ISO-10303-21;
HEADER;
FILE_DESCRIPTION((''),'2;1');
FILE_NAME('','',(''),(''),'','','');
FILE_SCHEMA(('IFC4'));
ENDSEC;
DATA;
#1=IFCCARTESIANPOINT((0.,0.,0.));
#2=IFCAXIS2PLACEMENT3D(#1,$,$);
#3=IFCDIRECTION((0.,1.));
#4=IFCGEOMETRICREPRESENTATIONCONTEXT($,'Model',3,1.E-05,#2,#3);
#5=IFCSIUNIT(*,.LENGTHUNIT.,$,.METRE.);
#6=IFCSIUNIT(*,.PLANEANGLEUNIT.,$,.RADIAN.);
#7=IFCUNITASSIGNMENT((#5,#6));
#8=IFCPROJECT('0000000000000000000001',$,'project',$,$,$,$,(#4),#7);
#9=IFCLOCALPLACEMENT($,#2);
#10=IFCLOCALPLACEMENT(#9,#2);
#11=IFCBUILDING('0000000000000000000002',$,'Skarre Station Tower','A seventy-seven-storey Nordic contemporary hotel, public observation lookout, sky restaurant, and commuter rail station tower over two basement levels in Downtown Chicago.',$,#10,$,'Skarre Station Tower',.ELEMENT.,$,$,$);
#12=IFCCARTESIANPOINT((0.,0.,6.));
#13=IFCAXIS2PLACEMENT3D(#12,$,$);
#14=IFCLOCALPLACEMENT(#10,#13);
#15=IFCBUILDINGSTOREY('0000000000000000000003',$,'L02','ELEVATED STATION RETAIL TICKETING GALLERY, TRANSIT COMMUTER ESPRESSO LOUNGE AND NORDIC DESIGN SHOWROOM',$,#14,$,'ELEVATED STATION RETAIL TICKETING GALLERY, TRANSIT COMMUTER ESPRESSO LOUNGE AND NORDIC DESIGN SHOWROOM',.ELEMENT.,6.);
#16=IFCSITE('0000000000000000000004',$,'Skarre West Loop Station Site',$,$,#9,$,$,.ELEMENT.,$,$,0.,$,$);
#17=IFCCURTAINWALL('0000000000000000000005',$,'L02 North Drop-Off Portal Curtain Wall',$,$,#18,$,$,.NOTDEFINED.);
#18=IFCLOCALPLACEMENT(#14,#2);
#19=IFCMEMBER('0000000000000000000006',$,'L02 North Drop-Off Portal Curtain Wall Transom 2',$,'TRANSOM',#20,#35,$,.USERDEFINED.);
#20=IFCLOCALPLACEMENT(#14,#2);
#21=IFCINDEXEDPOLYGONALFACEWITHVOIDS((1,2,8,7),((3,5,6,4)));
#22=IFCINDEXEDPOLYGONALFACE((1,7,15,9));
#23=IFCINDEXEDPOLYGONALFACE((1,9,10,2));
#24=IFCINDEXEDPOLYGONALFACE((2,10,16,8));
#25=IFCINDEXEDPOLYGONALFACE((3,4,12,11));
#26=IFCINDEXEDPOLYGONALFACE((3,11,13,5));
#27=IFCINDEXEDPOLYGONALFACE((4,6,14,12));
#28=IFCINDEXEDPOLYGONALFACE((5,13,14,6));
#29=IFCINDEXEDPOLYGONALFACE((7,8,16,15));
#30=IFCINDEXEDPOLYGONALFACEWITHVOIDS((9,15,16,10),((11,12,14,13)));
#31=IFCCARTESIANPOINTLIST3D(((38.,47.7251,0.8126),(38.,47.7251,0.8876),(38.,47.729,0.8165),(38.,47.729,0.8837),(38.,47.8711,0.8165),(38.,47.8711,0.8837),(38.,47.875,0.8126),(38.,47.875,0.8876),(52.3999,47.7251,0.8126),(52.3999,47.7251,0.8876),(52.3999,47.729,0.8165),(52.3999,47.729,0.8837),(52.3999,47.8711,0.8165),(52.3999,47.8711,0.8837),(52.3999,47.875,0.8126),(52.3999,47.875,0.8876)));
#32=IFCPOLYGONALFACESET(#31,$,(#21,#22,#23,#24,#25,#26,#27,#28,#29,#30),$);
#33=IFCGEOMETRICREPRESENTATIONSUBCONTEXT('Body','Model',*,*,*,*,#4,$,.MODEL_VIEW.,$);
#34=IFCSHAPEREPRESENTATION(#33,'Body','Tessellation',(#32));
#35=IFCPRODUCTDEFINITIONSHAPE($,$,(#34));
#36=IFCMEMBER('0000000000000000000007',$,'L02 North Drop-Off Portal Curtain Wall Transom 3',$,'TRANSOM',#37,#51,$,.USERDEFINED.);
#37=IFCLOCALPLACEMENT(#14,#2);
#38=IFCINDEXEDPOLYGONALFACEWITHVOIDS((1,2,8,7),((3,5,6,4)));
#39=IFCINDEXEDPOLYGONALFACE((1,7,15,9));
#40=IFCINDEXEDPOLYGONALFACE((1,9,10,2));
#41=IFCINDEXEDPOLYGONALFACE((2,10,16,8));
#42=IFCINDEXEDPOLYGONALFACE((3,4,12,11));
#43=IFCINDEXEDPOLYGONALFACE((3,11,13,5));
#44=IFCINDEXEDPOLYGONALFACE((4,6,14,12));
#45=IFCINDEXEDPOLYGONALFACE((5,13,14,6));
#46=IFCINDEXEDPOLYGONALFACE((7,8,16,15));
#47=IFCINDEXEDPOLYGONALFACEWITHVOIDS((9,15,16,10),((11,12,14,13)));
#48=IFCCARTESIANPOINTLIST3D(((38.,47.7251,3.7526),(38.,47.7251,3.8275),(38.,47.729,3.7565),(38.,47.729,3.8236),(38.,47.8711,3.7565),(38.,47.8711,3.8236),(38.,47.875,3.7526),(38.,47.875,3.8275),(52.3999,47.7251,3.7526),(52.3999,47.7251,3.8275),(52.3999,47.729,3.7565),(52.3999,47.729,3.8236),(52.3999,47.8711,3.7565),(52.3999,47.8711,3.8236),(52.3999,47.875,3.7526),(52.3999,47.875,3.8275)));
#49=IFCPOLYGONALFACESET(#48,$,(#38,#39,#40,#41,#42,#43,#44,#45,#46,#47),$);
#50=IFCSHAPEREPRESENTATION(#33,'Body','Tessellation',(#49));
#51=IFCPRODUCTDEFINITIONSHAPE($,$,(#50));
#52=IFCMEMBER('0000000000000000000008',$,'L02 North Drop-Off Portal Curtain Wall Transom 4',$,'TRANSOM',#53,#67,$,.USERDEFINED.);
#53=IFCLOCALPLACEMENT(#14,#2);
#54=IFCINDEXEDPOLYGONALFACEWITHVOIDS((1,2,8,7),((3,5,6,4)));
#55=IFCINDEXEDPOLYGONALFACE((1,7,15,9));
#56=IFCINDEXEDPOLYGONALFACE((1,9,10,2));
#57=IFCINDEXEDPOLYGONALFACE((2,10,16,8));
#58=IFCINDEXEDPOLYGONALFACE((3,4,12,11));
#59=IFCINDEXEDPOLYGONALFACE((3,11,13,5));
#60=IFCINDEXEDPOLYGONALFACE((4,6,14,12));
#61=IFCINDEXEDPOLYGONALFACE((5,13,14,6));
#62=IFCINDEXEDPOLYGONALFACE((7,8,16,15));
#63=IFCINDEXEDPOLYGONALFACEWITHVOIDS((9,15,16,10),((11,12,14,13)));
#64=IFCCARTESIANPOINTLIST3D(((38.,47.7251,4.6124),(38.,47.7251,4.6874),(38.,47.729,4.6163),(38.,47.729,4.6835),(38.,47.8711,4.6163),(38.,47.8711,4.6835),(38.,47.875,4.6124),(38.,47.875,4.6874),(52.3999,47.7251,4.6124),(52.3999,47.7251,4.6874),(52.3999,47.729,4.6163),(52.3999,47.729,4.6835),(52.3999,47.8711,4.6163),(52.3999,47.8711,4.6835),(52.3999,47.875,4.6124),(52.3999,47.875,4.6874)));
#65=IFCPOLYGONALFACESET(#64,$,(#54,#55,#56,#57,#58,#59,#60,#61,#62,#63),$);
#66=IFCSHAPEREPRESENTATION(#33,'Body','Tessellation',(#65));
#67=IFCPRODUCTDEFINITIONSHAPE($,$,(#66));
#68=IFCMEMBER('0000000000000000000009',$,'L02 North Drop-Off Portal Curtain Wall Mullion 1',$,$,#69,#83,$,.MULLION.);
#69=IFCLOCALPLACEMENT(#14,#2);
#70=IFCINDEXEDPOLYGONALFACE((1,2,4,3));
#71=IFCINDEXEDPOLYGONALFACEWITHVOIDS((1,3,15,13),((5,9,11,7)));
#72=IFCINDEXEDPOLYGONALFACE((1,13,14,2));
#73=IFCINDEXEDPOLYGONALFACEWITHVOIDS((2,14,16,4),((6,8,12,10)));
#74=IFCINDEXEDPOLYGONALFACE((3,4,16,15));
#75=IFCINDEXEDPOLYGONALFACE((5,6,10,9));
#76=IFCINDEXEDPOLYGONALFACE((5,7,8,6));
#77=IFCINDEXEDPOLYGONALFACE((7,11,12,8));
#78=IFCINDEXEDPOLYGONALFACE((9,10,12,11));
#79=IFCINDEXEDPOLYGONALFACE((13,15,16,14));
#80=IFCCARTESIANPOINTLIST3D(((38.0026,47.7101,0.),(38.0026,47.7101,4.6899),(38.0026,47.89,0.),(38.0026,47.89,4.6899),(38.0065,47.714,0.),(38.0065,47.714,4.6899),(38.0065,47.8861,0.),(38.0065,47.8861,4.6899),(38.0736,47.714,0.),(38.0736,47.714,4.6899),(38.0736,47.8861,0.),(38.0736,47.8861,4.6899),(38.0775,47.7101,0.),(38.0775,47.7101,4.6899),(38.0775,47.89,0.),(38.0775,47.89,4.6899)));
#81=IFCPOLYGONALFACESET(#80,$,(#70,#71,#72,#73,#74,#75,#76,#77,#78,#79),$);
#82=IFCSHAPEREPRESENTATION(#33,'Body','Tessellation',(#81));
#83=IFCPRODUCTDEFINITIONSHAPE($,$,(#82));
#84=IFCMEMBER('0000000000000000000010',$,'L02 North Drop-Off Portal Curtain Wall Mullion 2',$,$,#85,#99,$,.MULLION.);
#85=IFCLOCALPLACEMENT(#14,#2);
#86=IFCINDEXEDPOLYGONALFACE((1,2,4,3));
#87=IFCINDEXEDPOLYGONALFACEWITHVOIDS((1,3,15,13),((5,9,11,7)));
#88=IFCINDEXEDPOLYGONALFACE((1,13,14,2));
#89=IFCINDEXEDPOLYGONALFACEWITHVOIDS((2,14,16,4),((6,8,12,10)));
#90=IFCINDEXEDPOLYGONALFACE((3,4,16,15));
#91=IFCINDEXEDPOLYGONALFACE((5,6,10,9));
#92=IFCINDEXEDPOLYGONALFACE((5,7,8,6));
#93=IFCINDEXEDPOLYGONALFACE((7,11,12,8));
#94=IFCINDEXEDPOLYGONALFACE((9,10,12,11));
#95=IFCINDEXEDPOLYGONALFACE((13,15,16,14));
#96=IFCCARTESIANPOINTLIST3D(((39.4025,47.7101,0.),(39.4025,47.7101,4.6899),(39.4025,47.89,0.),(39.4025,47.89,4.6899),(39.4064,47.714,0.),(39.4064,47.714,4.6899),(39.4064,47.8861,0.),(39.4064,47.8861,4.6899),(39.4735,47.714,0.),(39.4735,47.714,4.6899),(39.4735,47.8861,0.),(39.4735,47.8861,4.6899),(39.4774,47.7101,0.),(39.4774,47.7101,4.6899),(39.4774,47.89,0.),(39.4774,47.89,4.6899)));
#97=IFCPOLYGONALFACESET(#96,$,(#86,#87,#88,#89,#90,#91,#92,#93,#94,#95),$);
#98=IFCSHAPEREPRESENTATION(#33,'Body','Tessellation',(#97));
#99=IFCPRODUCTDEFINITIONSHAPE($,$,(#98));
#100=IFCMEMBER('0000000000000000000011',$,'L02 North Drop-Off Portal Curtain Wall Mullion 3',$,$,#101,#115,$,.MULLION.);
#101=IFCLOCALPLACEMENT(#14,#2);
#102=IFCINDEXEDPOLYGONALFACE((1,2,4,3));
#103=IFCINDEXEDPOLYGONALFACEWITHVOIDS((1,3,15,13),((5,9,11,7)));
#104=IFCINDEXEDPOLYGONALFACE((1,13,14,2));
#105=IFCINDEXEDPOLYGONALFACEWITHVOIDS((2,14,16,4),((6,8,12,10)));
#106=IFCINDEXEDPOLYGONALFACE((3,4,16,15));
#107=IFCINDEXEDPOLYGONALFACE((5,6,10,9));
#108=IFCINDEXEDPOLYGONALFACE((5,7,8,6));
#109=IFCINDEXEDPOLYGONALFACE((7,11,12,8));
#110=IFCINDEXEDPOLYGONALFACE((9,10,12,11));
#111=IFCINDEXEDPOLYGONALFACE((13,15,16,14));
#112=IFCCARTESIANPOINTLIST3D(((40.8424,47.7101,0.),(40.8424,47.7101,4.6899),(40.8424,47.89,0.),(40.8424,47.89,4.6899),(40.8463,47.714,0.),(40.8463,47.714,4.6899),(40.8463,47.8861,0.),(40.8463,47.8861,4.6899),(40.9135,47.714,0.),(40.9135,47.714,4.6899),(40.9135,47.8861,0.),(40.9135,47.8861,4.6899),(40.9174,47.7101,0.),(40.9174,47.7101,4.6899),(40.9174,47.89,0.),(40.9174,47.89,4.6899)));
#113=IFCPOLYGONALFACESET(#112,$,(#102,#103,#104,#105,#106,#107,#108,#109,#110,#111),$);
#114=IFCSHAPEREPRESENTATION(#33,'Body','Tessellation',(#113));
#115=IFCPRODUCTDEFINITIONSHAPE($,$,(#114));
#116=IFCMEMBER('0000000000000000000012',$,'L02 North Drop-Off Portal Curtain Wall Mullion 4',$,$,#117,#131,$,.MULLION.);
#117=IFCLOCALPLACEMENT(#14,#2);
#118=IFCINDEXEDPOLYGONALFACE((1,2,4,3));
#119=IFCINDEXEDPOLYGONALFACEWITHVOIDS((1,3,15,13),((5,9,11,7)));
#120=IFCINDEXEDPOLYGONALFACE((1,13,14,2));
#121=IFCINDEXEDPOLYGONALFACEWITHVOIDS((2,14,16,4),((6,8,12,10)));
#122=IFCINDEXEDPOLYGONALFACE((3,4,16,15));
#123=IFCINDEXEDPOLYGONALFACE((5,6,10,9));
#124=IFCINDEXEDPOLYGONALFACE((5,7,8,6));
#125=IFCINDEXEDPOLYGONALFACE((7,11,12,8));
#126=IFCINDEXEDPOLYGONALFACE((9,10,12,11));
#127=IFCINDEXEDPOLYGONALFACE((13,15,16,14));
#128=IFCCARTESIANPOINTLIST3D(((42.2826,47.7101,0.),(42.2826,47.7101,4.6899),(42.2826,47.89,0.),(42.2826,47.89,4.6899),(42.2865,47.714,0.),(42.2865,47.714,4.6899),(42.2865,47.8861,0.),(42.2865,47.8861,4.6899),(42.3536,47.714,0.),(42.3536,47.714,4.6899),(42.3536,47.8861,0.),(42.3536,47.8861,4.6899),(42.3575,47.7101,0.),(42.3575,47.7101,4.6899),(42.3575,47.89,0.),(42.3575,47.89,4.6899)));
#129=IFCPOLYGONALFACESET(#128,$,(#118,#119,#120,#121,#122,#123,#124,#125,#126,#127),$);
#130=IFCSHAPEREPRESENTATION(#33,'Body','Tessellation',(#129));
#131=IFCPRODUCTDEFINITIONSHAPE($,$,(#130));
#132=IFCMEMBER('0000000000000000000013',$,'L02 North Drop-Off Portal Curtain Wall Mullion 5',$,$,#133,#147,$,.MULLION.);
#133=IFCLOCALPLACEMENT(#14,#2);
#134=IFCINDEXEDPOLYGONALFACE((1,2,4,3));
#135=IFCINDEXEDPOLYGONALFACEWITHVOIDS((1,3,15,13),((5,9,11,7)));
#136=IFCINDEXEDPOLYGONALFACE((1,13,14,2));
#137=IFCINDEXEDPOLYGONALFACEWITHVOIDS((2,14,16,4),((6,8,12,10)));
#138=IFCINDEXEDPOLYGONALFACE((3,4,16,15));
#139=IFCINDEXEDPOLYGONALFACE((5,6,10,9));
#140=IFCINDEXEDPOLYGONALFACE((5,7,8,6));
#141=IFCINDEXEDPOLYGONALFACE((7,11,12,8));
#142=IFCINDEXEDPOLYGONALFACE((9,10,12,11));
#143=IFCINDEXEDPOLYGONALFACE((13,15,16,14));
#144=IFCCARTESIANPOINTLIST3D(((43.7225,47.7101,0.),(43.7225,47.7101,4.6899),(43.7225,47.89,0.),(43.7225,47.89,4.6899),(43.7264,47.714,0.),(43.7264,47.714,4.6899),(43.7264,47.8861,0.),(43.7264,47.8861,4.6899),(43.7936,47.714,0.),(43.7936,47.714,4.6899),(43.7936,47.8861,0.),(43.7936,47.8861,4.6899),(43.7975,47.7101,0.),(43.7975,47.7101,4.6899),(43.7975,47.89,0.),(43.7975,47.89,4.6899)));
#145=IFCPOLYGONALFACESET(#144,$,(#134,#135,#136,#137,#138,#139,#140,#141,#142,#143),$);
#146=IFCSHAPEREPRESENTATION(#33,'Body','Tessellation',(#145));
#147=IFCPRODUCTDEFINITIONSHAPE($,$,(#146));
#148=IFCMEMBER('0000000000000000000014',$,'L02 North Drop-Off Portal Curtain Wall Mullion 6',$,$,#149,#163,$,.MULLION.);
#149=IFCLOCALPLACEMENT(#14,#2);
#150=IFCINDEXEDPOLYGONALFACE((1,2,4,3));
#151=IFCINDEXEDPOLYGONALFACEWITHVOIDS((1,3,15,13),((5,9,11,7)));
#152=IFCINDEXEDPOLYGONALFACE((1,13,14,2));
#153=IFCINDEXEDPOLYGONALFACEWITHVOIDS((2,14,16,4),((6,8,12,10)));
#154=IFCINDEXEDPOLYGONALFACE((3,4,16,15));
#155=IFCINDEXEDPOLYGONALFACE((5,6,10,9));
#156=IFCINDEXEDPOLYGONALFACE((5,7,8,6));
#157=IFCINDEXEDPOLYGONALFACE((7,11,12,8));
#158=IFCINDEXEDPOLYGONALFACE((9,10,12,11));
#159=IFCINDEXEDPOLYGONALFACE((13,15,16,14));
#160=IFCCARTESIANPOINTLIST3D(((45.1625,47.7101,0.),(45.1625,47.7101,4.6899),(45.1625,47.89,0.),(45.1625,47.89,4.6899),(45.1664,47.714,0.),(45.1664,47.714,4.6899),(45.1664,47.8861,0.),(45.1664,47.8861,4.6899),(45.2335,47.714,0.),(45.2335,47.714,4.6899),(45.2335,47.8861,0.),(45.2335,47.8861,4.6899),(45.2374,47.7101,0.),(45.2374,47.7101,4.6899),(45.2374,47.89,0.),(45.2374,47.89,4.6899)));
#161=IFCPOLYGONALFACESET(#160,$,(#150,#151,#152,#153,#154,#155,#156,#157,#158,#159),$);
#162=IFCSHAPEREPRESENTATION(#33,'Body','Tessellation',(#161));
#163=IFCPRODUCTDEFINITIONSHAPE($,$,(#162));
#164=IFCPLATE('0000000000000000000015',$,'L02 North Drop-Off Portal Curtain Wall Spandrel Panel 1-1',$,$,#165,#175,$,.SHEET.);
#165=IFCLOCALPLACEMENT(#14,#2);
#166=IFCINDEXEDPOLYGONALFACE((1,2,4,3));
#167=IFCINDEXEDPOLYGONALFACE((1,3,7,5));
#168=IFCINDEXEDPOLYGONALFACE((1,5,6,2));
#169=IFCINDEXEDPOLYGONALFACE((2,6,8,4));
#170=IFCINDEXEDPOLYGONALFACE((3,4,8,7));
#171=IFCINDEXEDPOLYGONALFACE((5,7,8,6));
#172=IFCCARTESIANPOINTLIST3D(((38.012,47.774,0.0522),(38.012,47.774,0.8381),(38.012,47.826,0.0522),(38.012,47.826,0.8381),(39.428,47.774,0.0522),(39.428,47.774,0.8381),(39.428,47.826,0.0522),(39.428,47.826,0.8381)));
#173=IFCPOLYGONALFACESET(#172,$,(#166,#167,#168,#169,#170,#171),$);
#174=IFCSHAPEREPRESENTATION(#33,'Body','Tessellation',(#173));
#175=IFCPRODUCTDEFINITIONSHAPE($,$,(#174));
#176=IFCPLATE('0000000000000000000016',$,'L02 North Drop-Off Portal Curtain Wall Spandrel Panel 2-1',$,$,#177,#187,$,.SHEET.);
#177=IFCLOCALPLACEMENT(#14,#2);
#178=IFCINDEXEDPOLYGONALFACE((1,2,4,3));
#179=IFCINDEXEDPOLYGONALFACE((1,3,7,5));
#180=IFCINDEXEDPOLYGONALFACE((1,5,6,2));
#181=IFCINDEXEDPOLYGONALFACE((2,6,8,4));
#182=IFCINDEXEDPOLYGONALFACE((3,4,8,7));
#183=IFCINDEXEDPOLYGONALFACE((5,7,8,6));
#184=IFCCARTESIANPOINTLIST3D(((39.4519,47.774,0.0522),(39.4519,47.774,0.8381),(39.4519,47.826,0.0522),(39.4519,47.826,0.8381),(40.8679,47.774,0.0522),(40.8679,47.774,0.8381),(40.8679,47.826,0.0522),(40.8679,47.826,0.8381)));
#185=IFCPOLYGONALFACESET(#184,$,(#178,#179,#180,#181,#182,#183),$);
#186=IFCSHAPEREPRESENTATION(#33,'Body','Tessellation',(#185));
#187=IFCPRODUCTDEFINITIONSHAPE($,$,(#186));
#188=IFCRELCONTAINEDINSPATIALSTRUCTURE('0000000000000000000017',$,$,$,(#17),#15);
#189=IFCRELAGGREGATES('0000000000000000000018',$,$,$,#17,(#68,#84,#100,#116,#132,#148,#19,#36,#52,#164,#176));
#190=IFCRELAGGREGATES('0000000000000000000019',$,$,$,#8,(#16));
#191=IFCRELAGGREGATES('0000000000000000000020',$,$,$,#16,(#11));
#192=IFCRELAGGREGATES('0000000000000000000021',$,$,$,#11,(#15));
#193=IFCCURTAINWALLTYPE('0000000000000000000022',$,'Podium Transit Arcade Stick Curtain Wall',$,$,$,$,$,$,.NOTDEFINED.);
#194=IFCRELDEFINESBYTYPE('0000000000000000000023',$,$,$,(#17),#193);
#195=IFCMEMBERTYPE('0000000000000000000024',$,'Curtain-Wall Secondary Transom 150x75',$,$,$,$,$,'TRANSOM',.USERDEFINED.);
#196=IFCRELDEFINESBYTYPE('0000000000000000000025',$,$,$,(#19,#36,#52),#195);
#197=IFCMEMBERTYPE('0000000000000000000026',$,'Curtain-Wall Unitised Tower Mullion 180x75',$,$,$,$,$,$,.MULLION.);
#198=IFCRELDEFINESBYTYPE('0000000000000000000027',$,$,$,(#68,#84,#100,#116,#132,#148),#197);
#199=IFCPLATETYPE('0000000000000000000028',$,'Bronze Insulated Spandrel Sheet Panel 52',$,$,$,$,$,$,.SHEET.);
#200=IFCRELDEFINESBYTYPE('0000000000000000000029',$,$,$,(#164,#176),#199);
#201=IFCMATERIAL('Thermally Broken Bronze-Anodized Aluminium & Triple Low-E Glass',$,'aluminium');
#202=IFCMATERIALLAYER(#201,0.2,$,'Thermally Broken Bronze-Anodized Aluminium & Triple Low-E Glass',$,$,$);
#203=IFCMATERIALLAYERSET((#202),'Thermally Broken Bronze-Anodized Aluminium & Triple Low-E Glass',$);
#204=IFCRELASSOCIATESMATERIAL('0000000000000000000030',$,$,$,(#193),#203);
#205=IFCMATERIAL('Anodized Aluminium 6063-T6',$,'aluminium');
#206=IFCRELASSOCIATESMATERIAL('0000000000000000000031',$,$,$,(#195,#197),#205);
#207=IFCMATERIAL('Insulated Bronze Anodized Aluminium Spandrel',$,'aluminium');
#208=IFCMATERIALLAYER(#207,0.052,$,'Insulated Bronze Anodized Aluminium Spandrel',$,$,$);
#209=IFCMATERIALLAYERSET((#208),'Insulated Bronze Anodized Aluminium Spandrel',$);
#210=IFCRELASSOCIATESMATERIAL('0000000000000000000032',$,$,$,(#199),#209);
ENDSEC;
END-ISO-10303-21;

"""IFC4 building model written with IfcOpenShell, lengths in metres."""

from ifc_helpers import new_model, si_unit, direction, frame, origin, origin_2d, place, context, subcontext, project, spatial, rectangle, hollow_rectangle, extrude, material, layer, layer_set, material_profile, profile_set, type_object, element, aggregate, save


model = new_model("IFC4")

# Units and contexts
model_context = context("Model", 3, precision=1e-05, world=origin(), true_north=direction((0.0, 1.0)))
body_context = subcontext(model_context, "Body", "Model", "MODEL_VIEW")
ifc_project = project(units=[si_unit("LENGTHUNIT", "METRE"), si_unit("PLANEANGLEUNIT", "RADIAN")], contexts=[model_context])

# Site, building, storey
site_placement = place(None, origin())
site = spatial("IfcSite", under=ifc_project, at=site_placement, Name="Skarre West Loop Station Site", CompositionType="ELEMENT", RefElevation=0.0)
building_placement = place(site_placement, origin())
building = spatial("IfcBuilding", under=site, at=building_placement, Name="Skarre Station Tower", Description="A seventy-seven-storey Nordic contemporary hotel, public observation lookout, sky restaurant, and commuter rail station tower over two basement levels in Downtown Chicago.", LongName="Skarre Station Tower", CompositionType="ELEMENT")
storey_placement = place(building_placement, frame((0.0, 0.0, 6.0)))
storey = spatial("IfcBuildingStorey", under=building, at=storey_placement, Name="L02", Description="ELEVATED STATION RETAIL TICKETING GALLERY, TRANSIT COMMUTER ESPRESSO LOUNGE AND NORDIC DESIGN SHOWROOM", LongName="ELEVATED STATION RETAIL TICKETING GALLERY, TRANSIT COMMUTER ESPRESSO LOUNGE AND NORDIC DESIGN SHOWROOM", CompositionType="ELEMENT", Elevation=6.0)

# Curtain wall, members, plates
ifc_material_1 = material(Name="Thermally Broken Bronze-Anodized Aluminium & Triple Low-E Glass", Category="aluminium")
ifc_layer_1 = layer(ifc_material_1, 0.2, Name="Thermally Broken Bronze-Anodized Aluminium & Triple Low-E Glass")
ifc_layer_set_1 = layer_set([ifc_layer_1], Name="Thermally Broken Bronze-Anodized Aluminium & Triple Low-E Glass")
curtain_wall_type = type_object("IfcCurtainWallType", Name="Podium Transit Arcade Stick Curtain Wall", PredefinedType="NOTDEFINED", material=ifc_layer_set_1)
curtain_wall_placement = place(storey_placement, origin())
curtain_wall = element("IfcCurtainWall", 1, at=curtain_wall_placement, inside=storey, type_object=curtain_wall_type, Name="L02 North Drop-Off Portal Curtain Wall", PredefinedType="NOTDEFINED")
ifc_material_2 = material(Name="Anodized Aluminium 6063-T6", Category="aluminium")
ifc_material_profile_1 = material_profile(ifc_material_2, hollow_rectangle(XDim=0.075, YDim=0.1499, WallThickness=0.0039, at=origin_2d()), Name="Anodized Aluminium 6063-T6")
ifc_profile_set_1 = profile_set([ifc_material_profile_1], Name="Anodized Aluminium 6063-T6")
member_type_1 = type_object("IfcMemberType", Name="Curtain-Wall Secondary Transom 150x75", ElementType="TRANSOM", PredefinedType="USERDEFINED", material=ifc_profile_set_1)
member_1_placement = place(storey_placement, frame((38.0, 47.8, 0.8501), z_axis=(1.0, 0.0, 0.0), x_axis=(0.0, 0.0, 1.0)))
member_1 = element("IfcMember", 2, at=member_1_placement, type_object=member_type_1, Name="L02 North Drop-Off Portal Curtain Wall Transom 2", ObjectType="TRANSOM", PredefinedType="USERDEFINED", context=body_context, shape_type="SweptSolid", body=[
    extrude(hollow_rectangle(XDim=0.075, YDim=0.1499, WallThickness=0.0039, at=origin_2d()), origin(), (0.0, 0.0, 1.0), 14.3999),
])
member_2_placement = place(storey_placement, frame((38.0, 47.8, 3.79), z_axis=(1.0, 0.0, 0.0), x_axis=(0.0, 0.0, 1.0)))
member_2 = element("IfcMember", 3, at=member_2_placement, type_object=member_type_1, Name="L02 North Drop-Off Portal Curtain Wall Transom 3", ObjectType="TRANSOM", PredefinedType="USERDEFINED", context=body_context, shape_type="SweptSolid", body=[
    extrude(hollow_rectangle(XDim=0.075, YDim=0.1499, WallThickness=0.0039, at=origin_2d()), origin(), (0.0, 0.0, 1.0), 14.3999),
])
member_3_placement = place(storey_placement, frame((38.0, 47.8, 4.6499), z_axis=(1.0, 0.0, 0.0), x_axis=(0.0, 0.0, 1.0)))
member_3 = element("IfcMember", 4, at=member_3_placement, type_object=member_type_1, Name="L02 North Drop-Off Portal Curtain Wall Transom 4", ObjectType="TRANSOM", PredefinedType="USERDEFINED", context=body_context, shape_type="SweptSolid", body=[
    extrude(hollow_rectangle(XDim=0.075, YDim=0.1499, WallThickness=0.0039, at=origin_2d()), origin(), (0.0, 0.0, 1.0), 14.3999),
])
ifc_material_profile_2 = material_profile(ifc_material_2, hollow_rectangle(XDim=0.075, YDim=0.1799, WallThickness=0.0039, at=origin_2d()), Name="Anodized Aluminium 6063-T6")
ifc_profile_set_2 = profile_set([ifc_material_profile_2], Name="Anodized Aluminium 6063-T6")
member_type_2 = type_object("IfcMemberType", Name="Curtain-Wall Unitised Tower Mullion 180x75", PredefinedType="MULLION", material=ifc_profile_set_2)
member_4_placement = place(storey_placement, frame((38.04, 47.8, 0.0), z_axis=(0.0, 0.0, 1.0), x_axis=(1.0, 0.0, 0.0)))
member_4 = element("IfcMember", 5, at=member_4_placement, type_object=member_type_2, Name="L02 North Drop-Off Portal Curtain Wall Mullion 1", PredefinedType="MULLION", context=body_context, shape_type="SweptSolid", body=[
    extrude(hollow_rectangle(XDim=0.075, YDim=0.1799, WallThickness=0.0039, at=origin_2d()), origin(), (0.0, 0.0, 1.0), 4.6899),
])
member_5_placement = place(storey_placement, frame((39.4399, 47.8, 0.0), z_axis=(0.0, 0.0, 1.0), x_axis=(1.0, 0.0, 0.0)))
member_5 = element("IfcMember", 6, at=member_5_placement, type_object=member_type_2, Name="L02 North Drop-Off Portal Curtain Wall Mullion 2", PredefinedType="MULLION", context=body_context, shape_type="SweptSolid", body=[
    extrude(hollow_rectangle(XDim=0.075, YDim=0.1799, WallThickness=0.0039, at=origin_2d()), origin(), (0.0, 0.0, 1.0), 4.6899),
])
member_6_placement = place(storey_placement, frame((40.8799, 47.8, 0.0), z_axis=(0.0, 0.0, 1.0), x_axis=(1.0, 0.0, 0.0)))
member_6 = element("IfcMember", 7, at=member_6_placement, type_object=member_type_2, Name="L02 North Drop-Off Portal Curtain Wall Mullion 3", PredefinedType="MULLION", context=body_context, shape_type="SweptSolid", body=[
    extrude(hollow_rectangle(XDim=0.075, YDim=0.1799, WallThickness=0.0039, at=origin_2d()), origin(), (0.0, 0.0, 1.0), 4.6899),
])
member_7_placement = place(storey_placement, frame((42.3201, 47.8, 0.0), z_axis=(0.0, 0.0, 1.0), x_axis=(1.0, 0.0, 0.0)))
member_7 = element("IfcMember", 8, at=member_7_placement, type_object=member_type_2, Name="L02 North Drop-Off Portal Curtain Wall Mullion 4", PredefinedType="MULLION", context=body_context, shape_type="SweptSolid", body=[
    extrude(hollow_rectangle(XDim=0.075, YDim=0.1799, WallThickness=0.0039, at=origin_2d()), origin(), (0.0, 0.0, 1.0), 4.6899),
])
member_8_placement = place(storey_placement, frame((43.76, 47.8, 0.0), z_axis=(0.0, 0.0, 1.0), x_axis=(1.0, 0.0, 0.0)))
member_8 = element("IfcMember", 9, at=member_8_placement, type_object=member_type_2, Name="L02 North Drop-Off Portal Curtain Wall Mullion 5", PredefinedType="MULLION", context=body_context, shape_type="SweptSolid", body=[
    extrude(hollow_rectangle(XDim=0.075, YDim=0.1799, WallThickness=0.0039, at=origin_2d()), origin(), (0.0, 0.0, 1.0), 4.6899),
])
member_9_placement = place(storey_placement, frame((45.2, 47.8, 0.0), z_axis=(0.0, 0.0, 1.0), x_axis=(1.0, 0.0, 0.0)))
member_9 = element("IfcMember", 10, at=member_9_placement, type_object=member_type_2, Name="L02 North Drop-Off Portal Curtain Wall Mullion 6", PredefinedType="MULLION", context=body_context, shape_type="SweptSolid", body=[
    extrude(hollow_rectangle(XDim=0.075, YDim=0.1799, WallThickness=0.0039, at=origin_2d()), origin(), (0.0, 0.0, 1.0), 4.6899),
])
ifc_material_3 = material(Name="Insulated Bronze Anodized Aluminium Spandrel", Category="aluminium")
ifc_layer_2 = layer(ifc_material_3, 0.052, Name="Insulated Bronze Anodized Aluminium Spandrel")
ifc_layer_set_2 = layer_set([ifc_layer_2], Name="Insulated Bronze Anodized Aluminium Spandrel")
plate_type_1 = type_object("IfcPlateType", Name="Bronze Insulated Spandrel Sheet Panel 52", PredefinedType="SHEET", material=ifc_layer_set_2)
plate_1_placement = place(storey_placement, frame((38.72, 47.8, 0.0522), z_axis=(0.0, 0.0, 1.0), x_axis=(1.0, 0.0, 0.0)))
plate_1 = element("IfcPlate", 11, at=plate_1_placement, type_object=plate_type_1, Name="L02 North Drop-Off Portal Curtain Wall Spandrel Panel 1-1", PredefinedType="SHEET", context=body_context, shape_type="SweptSolid", body=[
    extrude(rectangle(XDim=1.416, YDim=0.052, at=origin_2d()), origin(), (0.0, 0.0, 1.0), 0.7859),
])
plate_2_placement = place(storey_placement, frame((40.1599, 47.8, 0.0522), z_axis=(0.0, 0.0, 1.0), x_axis=(1.0, 0.0, 0.0)))
plate_2 = element("IfcPlate", 12, at=plate_2_placement, type_object=plate_type_1, Name="L02 North Drop-Off Portal Curtain Wall Spandrel Panel 2-1", PredefinedType="SHEET", context=body_context, shape_type="SweptSolid", body=[
    extrude(rectangle(XDim=1.416, YDim=0.052, at=origin_2d()), origin(), (0.0, 0.0, 1.0), 0.7859),
])
aggregate(curtain_wall, [member_4, member_5, member_6, member_7, member_8, member_9, member_1, member_2, member_3, plate_1, plate_2])

save(model, "model.ifc")
